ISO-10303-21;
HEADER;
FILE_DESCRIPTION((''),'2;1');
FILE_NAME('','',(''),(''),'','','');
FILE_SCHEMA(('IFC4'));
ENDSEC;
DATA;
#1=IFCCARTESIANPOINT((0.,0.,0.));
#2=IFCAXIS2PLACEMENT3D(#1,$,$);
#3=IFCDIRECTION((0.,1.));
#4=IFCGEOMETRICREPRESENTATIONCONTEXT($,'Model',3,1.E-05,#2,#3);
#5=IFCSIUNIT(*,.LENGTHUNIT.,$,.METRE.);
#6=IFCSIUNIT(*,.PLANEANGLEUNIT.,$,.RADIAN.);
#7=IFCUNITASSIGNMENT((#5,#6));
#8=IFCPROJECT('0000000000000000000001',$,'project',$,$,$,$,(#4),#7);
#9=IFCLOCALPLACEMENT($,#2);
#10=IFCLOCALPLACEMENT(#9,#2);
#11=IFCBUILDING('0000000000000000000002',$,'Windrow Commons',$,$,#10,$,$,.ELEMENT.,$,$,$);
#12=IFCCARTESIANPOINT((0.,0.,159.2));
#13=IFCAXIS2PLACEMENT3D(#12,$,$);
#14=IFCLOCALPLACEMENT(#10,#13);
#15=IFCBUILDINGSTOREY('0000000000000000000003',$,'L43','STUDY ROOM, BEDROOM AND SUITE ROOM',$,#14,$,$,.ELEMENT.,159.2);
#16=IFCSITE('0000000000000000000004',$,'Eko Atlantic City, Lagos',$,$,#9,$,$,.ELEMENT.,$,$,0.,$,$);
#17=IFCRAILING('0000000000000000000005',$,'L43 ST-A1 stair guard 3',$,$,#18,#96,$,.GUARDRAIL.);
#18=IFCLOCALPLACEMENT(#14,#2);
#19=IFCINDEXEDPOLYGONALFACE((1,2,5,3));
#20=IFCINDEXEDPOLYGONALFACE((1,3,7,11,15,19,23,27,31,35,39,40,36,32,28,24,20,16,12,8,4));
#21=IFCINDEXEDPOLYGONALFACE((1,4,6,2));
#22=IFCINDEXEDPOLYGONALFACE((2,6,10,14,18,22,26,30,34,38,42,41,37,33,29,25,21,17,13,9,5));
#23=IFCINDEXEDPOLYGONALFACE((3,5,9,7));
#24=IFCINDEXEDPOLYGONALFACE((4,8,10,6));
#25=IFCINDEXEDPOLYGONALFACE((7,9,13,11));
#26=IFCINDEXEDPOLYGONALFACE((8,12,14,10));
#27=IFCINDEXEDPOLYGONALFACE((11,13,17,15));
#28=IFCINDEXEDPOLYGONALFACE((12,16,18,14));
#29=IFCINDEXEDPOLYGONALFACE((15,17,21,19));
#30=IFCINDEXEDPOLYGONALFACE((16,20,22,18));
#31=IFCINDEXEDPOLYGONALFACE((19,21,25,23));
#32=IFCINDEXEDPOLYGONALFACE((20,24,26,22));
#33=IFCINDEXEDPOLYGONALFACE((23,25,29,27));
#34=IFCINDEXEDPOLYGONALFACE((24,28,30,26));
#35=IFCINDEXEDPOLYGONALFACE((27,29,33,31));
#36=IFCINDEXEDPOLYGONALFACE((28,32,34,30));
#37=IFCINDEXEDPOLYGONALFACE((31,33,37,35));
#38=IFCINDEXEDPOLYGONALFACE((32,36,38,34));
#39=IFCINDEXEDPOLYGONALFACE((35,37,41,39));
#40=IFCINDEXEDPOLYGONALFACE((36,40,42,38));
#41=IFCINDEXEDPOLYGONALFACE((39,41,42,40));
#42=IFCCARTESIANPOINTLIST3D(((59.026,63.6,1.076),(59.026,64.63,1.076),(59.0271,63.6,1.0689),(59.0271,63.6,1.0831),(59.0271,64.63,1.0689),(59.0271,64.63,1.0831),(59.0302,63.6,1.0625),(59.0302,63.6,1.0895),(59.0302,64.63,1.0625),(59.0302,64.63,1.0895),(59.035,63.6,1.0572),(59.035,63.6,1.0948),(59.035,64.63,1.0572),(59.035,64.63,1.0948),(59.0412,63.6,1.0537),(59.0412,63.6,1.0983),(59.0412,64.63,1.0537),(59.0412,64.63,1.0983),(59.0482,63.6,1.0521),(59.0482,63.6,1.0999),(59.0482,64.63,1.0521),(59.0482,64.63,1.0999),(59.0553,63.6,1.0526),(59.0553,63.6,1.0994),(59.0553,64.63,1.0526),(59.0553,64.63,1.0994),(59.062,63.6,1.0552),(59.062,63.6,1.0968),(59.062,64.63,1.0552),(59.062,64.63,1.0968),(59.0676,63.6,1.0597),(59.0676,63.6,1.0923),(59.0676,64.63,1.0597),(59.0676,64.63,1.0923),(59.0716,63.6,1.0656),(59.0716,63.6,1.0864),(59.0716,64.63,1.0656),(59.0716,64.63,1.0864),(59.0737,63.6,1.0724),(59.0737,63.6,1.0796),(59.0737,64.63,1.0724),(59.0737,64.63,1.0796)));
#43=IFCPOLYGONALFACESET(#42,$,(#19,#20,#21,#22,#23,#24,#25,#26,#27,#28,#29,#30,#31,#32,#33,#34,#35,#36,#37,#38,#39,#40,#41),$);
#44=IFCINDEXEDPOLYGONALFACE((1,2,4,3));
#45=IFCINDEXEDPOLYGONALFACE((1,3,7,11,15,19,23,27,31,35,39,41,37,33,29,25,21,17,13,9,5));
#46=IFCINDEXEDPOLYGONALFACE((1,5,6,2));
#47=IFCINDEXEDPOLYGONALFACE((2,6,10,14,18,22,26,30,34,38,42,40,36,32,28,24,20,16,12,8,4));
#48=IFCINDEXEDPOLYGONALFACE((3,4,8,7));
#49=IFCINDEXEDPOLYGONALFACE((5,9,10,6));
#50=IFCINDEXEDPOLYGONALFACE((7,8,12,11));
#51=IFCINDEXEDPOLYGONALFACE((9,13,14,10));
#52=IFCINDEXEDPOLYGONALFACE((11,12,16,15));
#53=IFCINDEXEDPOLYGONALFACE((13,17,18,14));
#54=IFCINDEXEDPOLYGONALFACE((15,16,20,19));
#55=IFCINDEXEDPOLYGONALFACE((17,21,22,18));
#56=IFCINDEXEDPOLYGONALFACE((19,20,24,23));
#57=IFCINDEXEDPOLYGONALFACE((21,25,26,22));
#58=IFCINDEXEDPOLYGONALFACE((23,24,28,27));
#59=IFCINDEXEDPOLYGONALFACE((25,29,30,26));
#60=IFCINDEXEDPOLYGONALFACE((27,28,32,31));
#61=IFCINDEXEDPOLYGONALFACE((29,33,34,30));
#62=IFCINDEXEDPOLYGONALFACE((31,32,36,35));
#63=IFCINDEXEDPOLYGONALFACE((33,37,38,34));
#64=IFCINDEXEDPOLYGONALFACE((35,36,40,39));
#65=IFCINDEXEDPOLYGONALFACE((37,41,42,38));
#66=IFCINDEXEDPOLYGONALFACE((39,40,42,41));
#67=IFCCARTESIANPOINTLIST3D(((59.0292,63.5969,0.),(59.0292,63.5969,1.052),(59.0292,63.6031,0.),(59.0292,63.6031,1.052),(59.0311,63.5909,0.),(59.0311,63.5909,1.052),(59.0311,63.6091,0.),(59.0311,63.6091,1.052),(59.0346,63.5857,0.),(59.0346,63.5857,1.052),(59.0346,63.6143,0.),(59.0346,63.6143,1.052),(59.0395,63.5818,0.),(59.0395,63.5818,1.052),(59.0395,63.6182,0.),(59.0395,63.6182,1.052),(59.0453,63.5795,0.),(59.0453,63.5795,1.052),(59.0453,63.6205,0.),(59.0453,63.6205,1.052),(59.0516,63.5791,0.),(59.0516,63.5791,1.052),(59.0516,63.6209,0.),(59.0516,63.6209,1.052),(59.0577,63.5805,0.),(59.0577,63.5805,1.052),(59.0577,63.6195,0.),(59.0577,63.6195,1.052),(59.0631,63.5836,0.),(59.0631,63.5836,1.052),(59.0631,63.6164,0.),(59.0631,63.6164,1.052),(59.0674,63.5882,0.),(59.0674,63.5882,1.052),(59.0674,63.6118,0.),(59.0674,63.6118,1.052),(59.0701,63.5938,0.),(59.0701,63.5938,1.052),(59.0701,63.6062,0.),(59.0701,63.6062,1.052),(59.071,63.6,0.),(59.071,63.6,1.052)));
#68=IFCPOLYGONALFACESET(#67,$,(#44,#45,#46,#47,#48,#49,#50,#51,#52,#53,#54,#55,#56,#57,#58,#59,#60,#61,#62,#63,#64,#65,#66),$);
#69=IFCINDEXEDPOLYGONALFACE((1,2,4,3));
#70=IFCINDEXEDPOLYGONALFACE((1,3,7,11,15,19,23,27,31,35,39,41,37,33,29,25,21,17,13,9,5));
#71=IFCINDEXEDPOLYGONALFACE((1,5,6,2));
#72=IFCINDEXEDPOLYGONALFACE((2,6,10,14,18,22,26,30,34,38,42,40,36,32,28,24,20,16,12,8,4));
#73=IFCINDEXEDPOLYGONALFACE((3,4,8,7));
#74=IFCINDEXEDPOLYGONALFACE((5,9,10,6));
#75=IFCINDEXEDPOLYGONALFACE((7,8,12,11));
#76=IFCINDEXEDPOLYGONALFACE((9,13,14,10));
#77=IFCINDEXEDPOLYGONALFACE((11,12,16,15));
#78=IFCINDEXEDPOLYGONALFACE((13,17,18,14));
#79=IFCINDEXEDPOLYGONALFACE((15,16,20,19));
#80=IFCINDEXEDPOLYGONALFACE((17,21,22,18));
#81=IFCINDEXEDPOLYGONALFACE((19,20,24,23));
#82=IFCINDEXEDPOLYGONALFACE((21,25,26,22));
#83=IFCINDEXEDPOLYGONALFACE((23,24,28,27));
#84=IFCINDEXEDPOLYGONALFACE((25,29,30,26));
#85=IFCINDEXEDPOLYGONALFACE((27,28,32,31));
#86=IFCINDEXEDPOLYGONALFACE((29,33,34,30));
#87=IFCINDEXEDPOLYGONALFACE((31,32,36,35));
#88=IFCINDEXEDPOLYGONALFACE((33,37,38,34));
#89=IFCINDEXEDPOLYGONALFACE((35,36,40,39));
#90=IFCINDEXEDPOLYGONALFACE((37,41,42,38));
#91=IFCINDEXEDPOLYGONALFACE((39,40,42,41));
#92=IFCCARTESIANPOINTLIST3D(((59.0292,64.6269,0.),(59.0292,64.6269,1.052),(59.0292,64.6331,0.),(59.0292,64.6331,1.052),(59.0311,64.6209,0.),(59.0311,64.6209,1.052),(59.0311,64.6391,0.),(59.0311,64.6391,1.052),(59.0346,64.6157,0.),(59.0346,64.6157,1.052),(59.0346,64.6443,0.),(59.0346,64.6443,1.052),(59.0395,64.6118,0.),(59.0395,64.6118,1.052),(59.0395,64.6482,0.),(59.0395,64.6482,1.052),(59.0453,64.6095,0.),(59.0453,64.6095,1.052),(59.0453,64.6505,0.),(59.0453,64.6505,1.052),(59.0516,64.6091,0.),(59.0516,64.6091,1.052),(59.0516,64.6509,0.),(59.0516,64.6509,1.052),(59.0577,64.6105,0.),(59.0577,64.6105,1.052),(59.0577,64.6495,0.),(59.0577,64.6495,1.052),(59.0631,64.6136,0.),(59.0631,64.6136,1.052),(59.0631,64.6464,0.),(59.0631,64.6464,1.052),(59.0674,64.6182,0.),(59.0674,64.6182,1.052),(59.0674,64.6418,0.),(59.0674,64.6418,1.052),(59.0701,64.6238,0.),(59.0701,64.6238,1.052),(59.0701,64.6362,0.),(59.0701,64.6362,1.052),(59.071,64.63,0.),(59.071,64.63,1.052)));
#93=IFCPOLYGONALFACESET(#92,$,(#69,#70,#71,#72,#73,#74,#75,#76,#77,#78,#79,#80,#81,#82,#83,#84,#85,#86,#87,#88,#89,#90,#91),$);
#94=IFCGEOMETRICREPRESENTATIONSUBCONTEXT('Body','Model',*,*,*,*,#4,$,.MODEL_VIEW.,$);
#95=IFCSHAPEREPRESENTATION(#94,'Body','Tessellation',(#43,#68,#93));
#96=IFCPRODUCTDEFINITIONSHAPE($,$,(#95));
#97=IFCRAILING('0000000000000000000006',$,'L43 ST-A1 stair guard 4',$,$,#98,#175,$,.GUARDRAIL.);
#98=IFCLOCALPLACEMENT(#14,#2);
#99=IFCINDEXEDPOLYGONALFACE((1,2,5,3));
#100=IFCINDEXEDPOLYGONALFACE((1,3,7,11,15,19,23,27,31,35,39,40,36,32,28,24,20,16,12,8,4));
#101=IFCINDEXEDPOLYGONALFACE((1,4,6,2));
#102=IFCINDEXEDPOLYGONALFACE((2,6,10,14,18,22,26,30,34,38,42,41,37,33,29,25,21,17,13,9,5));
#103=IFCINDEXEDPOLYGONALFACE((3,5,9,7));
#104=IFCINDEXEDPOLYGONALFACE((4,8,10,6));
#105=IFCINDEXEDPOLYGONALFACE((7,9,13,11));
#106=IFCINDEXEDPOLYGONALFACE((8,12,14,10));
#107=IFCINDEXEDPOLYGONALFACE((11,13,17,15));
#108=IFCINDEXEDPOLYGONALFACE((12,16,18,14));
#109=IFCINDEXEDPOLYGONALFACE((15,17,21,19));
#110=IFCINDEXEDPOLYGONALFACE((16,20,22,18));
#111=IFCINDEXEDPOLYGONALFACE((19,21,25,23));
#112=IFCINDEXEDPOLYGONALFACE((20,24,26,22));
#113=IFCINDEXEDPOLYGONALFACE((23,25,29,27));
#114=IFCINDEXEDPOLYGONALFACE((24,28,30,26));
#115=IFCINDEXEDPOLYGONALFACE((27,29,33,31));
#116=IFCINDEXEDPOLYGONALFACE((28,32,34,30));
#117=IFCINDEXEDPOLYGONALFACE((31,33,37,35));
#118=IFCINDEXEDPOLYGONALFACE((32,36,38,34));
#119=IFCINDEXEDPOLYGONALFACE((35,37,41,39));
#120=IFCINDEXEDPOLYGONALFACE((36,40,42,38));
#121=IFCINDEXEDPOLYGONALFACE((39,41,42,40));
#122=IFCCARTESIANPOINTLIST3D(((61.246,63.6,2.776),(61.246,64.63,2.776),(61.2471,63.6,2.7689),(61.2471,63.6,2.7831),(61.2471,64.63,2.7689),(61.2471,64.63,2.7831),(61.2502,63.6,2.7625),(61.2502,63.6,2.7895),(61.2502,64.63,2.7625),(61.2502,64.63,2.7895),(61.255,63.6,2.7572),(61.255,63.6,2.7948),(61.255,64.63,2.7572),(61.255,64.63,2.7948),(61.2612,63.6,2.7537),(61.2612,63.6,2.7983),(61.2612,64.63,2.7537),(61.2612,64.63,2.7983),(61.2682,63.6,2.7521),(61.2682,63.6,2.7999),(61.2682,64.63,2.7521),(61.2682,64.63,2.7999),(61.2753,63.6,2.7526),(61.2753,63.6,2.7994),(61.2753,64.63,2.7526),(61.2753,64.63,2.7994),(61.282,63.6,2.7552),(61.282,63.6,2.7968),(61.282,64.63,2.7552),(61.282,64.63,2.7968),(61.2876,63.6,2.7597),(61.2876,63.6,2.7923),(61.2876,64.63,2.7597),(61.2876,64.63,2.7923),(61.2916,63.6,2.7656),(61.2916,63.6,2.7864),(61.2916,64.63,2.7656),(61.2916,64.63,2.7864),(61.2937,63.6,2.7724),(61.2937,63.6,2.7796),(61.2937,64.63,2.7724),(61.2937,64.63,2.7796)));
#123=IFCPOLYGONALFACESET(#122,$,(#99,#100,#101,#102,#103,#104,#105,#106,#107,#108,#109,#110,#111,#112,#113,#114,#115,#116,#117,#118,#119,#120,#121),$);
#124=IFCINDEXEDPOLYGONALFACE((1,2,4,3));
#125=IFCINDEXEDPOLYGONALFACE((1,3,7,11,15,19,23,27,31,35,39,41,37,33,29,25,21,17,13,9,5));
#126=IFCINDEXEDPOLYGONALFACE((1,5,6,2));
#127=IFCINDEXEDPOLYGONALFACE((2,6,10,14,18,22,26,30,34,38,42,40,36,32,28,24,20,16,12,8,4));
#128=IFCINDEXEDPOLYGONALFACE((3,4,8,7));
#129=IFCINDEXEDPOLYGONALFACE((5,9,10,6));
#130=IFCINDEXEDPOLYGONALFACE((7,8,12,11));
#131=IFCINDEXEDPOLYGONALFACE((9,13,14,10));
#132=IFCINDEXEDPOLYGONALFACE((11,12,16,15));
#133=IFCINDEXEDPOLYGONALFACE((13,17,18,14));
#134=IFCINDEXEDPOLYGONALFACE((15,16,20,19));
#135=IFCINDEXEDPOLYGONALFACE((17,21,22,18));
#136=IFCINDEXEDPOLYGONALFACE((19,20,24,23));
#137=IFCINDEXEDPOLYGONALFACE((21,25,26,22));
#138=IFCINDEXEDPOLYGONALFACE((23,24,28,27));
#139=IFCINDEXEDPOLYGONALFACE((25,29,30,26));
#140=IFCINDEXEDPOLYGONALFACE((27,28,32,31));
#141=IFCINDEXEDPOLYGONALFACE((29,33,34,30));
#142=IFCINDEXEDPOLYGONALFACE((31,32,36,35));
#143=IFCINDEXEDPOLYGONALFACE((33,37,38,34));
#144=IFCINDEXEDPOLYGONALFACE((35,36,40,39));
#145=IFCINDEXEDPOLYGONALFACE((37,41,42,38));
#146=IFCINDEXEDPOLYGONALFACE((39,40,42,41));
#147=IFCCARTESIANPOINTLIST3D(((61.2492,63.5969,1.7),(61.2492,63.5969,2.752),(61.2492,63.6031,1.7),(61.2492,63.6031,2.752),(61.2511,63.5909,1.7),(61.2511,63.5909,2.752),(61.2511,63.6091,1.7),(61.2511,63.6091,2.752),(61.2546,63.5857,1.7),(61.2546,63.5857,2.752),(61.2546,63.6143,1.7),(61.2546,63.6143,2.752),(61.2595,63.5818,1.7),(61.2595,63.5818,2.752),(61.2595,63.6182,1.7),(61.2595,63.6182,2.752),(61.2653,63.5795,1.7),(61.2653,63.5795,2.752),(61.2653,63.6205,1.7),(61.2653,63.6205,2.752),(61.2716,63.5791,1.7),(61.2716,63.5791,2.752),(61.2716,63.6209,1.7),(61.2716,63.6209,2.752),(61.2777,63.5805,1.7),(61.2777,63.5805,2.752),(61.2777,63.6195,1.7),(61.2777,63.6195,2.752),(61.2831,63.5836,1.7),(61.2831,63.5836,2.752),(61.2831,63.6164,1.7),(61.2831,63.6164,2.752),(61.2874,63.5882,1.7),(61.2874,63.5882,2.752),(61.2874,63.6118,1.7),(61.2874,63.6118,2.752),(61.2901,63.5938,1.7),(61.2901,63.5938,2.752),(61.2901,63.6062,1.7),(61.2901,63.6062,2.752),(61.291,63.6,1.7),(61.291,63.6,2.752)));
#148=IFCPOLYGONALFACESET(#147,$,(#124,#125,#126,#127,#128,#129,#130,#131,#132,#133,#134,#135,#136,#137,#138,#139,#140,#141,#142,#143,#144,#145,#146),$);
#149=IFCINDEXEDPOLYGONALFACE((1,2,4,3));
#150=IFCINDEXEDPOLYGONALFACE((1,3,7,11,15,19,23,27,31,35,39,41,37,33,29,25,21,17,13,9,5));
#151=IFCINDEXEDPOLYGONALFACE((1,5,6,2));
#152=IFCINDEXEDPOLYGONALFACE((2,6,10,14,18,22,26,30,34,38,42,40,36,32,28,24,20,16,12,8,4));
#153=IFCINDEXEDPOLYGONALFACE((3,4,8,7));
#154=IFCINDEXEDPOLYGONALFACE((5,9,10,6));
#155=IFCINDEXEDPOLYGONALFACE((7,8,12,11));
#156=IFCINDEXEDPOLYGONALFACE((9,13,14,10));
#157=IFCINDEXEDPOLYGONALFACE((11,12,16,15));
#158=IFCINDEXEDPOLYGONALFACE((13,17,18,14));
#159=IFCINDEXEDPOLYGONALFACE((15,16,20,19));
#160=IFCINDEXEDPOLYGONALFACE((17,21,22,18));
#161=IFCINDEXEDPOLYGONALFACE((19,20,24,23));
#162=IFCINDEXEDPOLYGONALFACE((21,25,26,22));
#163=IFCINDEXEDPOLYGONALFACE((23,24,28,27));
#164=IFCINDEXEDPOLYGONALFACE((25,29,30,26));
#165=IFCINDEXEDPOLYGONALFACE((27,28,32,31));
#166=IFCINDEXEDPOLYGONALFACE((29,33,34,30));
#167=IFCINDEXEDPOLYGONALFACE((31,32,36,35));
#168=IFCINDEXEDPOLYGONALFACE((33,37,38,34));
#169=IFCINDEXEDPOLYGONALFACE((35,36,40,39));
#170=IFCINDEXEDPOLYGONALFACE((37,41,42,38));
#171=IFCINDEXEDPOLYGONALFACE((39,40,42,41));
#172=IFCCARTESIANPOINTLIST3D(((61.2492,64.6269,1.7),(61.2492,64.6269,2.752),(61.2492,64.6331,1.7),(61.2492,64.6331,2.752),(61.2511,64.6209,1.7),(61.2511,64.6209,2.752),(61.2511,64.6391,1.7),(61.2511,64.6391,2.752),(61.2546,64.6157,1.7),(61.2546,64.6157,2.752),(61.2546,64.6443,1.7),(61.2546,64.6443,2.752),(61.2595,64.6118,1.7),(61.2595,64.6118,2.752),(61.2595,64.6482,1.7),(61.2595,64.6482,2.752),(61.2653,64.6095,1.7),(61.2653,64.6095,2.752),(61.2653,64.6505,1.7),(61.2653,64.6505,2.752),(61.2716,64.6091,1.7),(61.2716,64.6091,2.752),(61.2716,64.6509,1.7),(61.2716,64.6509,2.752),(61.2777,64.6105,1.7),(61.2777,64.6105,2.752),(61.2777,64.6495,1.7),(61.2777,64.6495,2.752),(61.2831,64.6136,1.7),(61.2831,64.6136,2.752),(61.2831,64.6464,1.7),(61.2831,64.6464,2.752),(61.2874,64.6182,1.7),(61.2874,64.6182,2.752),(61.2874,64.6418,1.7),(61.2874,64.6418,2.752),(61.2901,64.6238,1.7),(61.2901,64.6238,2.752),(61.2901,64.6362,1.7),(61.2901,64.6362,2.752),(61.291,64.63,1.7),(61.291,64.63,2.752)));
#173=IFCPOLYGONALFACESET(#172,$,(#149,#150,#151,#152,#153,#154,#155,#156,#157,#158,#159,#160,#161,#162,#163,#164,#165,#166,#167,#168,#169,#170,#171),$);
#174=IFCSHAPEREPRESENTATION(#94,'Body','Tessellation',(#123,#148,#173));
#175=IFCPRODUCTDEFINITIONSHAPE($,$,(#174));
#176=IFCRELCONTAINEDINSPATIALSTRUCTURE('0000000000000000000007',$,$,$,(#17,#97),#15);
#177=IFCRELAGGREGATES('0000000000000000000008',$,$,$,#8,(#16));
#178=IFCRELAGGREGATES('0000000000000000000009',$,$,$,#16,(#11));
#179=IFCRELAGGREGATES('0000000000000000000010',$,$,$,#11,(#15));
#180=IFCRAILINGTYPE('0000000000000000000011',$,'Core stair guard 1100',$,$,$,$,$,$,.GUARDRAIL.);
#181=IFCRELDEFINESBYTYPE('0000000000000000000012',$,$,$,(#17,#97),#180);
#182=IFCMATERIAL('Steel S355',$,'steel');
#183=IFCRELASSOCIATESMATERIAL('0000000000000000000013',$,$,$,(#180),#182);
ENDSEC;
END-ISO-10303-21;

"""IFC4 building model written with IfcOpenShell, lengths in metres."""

from ifc_helpers import new_model, si_unit, direction, frame, origin, origin_2d, place, context, subcontext, project, spatial, circle, extrude, material, type_object, element, save


model = new_model("IFC4")

# Units and contexts
model_context = context("Model", 3, precision=1e-05, world=origin(), true_north=direction((0.0, 1.0)))
body_context = subcontext(model_context, "Body", "Model", "MODEL_VIEW")
ifc_project = project(units=[si_unit("LENGTHUNIT", "METRE"), si_unit("PLANEANGLEUNIT", "RADIAN")], contexts=[model_context])

# Site, building, storey
site_placement = place(None, origin())
site = spatial("IfcSite", under=ifc_project, at=site_placement, Name="Eko Atlantic City, Lagos", CompositionType="ELEMENT", RefElevation=0.0)
building_placement = place(site_placement, origin())
building = spatial("IfcBuilding", under=site, at=building_placement, Name="Windrow Commons", CompositionType="ELEMENT")
storey_placement = place(building_placement, frame((0.0, 0.0, 159.2)))
storey = spatial("IfcBuildingStorey", under=building, at=storey_placement, Name="L43", Description="STUDY ROOM, BEDROOM AND SUITE ROOM", CompositionType="ELEMENT", Elevation=159.2)

# Railings
ifc_material_1 = material(Name="Steel S355", Category="steel")
railing_type_1 = type_object("IfcRailingType", Name="Core stair guard 1100", PredefinedType="GUARDRAIL", material=ifc_material_1)
for number, where, name in (
    (1, (59.05, 63.6, 0.0), "L43 ST-A1 stair guard 3"),
    (2, (61.27, 63.6, 1.7), "L43 ST-A1 stair guard 4"),
):
    element("IfcRailing", number, at=place(storey_placement, frame(where)), inside=storey, type_object=railing_type_1, Name=name, PredefinedType="GUARDRAIL", context=body_context, shape_type="SweptSolid", body=[
        extrude(circle(Radius=0.024, at=origin_2d()), frame((0.0, 0.0, 1.076), z_axis=(0.0, 1.0, 0.0), x_axis=(-1.0, 0.0, 0.0)), (0.0, 0.0, 1.0), 1.03),
        extrude(circle(Radius=0.021, at=origin_2d()), origin(), (0.0, 0.0, 1.0), 1.052),
        extrude(circle(Radius=0.021, at=origin_2d()), frame((0.0, 1.03, 0.0)), (0.0, 0.0, 1.0), 1.052),
    ])

save(model, "model.ifc")
